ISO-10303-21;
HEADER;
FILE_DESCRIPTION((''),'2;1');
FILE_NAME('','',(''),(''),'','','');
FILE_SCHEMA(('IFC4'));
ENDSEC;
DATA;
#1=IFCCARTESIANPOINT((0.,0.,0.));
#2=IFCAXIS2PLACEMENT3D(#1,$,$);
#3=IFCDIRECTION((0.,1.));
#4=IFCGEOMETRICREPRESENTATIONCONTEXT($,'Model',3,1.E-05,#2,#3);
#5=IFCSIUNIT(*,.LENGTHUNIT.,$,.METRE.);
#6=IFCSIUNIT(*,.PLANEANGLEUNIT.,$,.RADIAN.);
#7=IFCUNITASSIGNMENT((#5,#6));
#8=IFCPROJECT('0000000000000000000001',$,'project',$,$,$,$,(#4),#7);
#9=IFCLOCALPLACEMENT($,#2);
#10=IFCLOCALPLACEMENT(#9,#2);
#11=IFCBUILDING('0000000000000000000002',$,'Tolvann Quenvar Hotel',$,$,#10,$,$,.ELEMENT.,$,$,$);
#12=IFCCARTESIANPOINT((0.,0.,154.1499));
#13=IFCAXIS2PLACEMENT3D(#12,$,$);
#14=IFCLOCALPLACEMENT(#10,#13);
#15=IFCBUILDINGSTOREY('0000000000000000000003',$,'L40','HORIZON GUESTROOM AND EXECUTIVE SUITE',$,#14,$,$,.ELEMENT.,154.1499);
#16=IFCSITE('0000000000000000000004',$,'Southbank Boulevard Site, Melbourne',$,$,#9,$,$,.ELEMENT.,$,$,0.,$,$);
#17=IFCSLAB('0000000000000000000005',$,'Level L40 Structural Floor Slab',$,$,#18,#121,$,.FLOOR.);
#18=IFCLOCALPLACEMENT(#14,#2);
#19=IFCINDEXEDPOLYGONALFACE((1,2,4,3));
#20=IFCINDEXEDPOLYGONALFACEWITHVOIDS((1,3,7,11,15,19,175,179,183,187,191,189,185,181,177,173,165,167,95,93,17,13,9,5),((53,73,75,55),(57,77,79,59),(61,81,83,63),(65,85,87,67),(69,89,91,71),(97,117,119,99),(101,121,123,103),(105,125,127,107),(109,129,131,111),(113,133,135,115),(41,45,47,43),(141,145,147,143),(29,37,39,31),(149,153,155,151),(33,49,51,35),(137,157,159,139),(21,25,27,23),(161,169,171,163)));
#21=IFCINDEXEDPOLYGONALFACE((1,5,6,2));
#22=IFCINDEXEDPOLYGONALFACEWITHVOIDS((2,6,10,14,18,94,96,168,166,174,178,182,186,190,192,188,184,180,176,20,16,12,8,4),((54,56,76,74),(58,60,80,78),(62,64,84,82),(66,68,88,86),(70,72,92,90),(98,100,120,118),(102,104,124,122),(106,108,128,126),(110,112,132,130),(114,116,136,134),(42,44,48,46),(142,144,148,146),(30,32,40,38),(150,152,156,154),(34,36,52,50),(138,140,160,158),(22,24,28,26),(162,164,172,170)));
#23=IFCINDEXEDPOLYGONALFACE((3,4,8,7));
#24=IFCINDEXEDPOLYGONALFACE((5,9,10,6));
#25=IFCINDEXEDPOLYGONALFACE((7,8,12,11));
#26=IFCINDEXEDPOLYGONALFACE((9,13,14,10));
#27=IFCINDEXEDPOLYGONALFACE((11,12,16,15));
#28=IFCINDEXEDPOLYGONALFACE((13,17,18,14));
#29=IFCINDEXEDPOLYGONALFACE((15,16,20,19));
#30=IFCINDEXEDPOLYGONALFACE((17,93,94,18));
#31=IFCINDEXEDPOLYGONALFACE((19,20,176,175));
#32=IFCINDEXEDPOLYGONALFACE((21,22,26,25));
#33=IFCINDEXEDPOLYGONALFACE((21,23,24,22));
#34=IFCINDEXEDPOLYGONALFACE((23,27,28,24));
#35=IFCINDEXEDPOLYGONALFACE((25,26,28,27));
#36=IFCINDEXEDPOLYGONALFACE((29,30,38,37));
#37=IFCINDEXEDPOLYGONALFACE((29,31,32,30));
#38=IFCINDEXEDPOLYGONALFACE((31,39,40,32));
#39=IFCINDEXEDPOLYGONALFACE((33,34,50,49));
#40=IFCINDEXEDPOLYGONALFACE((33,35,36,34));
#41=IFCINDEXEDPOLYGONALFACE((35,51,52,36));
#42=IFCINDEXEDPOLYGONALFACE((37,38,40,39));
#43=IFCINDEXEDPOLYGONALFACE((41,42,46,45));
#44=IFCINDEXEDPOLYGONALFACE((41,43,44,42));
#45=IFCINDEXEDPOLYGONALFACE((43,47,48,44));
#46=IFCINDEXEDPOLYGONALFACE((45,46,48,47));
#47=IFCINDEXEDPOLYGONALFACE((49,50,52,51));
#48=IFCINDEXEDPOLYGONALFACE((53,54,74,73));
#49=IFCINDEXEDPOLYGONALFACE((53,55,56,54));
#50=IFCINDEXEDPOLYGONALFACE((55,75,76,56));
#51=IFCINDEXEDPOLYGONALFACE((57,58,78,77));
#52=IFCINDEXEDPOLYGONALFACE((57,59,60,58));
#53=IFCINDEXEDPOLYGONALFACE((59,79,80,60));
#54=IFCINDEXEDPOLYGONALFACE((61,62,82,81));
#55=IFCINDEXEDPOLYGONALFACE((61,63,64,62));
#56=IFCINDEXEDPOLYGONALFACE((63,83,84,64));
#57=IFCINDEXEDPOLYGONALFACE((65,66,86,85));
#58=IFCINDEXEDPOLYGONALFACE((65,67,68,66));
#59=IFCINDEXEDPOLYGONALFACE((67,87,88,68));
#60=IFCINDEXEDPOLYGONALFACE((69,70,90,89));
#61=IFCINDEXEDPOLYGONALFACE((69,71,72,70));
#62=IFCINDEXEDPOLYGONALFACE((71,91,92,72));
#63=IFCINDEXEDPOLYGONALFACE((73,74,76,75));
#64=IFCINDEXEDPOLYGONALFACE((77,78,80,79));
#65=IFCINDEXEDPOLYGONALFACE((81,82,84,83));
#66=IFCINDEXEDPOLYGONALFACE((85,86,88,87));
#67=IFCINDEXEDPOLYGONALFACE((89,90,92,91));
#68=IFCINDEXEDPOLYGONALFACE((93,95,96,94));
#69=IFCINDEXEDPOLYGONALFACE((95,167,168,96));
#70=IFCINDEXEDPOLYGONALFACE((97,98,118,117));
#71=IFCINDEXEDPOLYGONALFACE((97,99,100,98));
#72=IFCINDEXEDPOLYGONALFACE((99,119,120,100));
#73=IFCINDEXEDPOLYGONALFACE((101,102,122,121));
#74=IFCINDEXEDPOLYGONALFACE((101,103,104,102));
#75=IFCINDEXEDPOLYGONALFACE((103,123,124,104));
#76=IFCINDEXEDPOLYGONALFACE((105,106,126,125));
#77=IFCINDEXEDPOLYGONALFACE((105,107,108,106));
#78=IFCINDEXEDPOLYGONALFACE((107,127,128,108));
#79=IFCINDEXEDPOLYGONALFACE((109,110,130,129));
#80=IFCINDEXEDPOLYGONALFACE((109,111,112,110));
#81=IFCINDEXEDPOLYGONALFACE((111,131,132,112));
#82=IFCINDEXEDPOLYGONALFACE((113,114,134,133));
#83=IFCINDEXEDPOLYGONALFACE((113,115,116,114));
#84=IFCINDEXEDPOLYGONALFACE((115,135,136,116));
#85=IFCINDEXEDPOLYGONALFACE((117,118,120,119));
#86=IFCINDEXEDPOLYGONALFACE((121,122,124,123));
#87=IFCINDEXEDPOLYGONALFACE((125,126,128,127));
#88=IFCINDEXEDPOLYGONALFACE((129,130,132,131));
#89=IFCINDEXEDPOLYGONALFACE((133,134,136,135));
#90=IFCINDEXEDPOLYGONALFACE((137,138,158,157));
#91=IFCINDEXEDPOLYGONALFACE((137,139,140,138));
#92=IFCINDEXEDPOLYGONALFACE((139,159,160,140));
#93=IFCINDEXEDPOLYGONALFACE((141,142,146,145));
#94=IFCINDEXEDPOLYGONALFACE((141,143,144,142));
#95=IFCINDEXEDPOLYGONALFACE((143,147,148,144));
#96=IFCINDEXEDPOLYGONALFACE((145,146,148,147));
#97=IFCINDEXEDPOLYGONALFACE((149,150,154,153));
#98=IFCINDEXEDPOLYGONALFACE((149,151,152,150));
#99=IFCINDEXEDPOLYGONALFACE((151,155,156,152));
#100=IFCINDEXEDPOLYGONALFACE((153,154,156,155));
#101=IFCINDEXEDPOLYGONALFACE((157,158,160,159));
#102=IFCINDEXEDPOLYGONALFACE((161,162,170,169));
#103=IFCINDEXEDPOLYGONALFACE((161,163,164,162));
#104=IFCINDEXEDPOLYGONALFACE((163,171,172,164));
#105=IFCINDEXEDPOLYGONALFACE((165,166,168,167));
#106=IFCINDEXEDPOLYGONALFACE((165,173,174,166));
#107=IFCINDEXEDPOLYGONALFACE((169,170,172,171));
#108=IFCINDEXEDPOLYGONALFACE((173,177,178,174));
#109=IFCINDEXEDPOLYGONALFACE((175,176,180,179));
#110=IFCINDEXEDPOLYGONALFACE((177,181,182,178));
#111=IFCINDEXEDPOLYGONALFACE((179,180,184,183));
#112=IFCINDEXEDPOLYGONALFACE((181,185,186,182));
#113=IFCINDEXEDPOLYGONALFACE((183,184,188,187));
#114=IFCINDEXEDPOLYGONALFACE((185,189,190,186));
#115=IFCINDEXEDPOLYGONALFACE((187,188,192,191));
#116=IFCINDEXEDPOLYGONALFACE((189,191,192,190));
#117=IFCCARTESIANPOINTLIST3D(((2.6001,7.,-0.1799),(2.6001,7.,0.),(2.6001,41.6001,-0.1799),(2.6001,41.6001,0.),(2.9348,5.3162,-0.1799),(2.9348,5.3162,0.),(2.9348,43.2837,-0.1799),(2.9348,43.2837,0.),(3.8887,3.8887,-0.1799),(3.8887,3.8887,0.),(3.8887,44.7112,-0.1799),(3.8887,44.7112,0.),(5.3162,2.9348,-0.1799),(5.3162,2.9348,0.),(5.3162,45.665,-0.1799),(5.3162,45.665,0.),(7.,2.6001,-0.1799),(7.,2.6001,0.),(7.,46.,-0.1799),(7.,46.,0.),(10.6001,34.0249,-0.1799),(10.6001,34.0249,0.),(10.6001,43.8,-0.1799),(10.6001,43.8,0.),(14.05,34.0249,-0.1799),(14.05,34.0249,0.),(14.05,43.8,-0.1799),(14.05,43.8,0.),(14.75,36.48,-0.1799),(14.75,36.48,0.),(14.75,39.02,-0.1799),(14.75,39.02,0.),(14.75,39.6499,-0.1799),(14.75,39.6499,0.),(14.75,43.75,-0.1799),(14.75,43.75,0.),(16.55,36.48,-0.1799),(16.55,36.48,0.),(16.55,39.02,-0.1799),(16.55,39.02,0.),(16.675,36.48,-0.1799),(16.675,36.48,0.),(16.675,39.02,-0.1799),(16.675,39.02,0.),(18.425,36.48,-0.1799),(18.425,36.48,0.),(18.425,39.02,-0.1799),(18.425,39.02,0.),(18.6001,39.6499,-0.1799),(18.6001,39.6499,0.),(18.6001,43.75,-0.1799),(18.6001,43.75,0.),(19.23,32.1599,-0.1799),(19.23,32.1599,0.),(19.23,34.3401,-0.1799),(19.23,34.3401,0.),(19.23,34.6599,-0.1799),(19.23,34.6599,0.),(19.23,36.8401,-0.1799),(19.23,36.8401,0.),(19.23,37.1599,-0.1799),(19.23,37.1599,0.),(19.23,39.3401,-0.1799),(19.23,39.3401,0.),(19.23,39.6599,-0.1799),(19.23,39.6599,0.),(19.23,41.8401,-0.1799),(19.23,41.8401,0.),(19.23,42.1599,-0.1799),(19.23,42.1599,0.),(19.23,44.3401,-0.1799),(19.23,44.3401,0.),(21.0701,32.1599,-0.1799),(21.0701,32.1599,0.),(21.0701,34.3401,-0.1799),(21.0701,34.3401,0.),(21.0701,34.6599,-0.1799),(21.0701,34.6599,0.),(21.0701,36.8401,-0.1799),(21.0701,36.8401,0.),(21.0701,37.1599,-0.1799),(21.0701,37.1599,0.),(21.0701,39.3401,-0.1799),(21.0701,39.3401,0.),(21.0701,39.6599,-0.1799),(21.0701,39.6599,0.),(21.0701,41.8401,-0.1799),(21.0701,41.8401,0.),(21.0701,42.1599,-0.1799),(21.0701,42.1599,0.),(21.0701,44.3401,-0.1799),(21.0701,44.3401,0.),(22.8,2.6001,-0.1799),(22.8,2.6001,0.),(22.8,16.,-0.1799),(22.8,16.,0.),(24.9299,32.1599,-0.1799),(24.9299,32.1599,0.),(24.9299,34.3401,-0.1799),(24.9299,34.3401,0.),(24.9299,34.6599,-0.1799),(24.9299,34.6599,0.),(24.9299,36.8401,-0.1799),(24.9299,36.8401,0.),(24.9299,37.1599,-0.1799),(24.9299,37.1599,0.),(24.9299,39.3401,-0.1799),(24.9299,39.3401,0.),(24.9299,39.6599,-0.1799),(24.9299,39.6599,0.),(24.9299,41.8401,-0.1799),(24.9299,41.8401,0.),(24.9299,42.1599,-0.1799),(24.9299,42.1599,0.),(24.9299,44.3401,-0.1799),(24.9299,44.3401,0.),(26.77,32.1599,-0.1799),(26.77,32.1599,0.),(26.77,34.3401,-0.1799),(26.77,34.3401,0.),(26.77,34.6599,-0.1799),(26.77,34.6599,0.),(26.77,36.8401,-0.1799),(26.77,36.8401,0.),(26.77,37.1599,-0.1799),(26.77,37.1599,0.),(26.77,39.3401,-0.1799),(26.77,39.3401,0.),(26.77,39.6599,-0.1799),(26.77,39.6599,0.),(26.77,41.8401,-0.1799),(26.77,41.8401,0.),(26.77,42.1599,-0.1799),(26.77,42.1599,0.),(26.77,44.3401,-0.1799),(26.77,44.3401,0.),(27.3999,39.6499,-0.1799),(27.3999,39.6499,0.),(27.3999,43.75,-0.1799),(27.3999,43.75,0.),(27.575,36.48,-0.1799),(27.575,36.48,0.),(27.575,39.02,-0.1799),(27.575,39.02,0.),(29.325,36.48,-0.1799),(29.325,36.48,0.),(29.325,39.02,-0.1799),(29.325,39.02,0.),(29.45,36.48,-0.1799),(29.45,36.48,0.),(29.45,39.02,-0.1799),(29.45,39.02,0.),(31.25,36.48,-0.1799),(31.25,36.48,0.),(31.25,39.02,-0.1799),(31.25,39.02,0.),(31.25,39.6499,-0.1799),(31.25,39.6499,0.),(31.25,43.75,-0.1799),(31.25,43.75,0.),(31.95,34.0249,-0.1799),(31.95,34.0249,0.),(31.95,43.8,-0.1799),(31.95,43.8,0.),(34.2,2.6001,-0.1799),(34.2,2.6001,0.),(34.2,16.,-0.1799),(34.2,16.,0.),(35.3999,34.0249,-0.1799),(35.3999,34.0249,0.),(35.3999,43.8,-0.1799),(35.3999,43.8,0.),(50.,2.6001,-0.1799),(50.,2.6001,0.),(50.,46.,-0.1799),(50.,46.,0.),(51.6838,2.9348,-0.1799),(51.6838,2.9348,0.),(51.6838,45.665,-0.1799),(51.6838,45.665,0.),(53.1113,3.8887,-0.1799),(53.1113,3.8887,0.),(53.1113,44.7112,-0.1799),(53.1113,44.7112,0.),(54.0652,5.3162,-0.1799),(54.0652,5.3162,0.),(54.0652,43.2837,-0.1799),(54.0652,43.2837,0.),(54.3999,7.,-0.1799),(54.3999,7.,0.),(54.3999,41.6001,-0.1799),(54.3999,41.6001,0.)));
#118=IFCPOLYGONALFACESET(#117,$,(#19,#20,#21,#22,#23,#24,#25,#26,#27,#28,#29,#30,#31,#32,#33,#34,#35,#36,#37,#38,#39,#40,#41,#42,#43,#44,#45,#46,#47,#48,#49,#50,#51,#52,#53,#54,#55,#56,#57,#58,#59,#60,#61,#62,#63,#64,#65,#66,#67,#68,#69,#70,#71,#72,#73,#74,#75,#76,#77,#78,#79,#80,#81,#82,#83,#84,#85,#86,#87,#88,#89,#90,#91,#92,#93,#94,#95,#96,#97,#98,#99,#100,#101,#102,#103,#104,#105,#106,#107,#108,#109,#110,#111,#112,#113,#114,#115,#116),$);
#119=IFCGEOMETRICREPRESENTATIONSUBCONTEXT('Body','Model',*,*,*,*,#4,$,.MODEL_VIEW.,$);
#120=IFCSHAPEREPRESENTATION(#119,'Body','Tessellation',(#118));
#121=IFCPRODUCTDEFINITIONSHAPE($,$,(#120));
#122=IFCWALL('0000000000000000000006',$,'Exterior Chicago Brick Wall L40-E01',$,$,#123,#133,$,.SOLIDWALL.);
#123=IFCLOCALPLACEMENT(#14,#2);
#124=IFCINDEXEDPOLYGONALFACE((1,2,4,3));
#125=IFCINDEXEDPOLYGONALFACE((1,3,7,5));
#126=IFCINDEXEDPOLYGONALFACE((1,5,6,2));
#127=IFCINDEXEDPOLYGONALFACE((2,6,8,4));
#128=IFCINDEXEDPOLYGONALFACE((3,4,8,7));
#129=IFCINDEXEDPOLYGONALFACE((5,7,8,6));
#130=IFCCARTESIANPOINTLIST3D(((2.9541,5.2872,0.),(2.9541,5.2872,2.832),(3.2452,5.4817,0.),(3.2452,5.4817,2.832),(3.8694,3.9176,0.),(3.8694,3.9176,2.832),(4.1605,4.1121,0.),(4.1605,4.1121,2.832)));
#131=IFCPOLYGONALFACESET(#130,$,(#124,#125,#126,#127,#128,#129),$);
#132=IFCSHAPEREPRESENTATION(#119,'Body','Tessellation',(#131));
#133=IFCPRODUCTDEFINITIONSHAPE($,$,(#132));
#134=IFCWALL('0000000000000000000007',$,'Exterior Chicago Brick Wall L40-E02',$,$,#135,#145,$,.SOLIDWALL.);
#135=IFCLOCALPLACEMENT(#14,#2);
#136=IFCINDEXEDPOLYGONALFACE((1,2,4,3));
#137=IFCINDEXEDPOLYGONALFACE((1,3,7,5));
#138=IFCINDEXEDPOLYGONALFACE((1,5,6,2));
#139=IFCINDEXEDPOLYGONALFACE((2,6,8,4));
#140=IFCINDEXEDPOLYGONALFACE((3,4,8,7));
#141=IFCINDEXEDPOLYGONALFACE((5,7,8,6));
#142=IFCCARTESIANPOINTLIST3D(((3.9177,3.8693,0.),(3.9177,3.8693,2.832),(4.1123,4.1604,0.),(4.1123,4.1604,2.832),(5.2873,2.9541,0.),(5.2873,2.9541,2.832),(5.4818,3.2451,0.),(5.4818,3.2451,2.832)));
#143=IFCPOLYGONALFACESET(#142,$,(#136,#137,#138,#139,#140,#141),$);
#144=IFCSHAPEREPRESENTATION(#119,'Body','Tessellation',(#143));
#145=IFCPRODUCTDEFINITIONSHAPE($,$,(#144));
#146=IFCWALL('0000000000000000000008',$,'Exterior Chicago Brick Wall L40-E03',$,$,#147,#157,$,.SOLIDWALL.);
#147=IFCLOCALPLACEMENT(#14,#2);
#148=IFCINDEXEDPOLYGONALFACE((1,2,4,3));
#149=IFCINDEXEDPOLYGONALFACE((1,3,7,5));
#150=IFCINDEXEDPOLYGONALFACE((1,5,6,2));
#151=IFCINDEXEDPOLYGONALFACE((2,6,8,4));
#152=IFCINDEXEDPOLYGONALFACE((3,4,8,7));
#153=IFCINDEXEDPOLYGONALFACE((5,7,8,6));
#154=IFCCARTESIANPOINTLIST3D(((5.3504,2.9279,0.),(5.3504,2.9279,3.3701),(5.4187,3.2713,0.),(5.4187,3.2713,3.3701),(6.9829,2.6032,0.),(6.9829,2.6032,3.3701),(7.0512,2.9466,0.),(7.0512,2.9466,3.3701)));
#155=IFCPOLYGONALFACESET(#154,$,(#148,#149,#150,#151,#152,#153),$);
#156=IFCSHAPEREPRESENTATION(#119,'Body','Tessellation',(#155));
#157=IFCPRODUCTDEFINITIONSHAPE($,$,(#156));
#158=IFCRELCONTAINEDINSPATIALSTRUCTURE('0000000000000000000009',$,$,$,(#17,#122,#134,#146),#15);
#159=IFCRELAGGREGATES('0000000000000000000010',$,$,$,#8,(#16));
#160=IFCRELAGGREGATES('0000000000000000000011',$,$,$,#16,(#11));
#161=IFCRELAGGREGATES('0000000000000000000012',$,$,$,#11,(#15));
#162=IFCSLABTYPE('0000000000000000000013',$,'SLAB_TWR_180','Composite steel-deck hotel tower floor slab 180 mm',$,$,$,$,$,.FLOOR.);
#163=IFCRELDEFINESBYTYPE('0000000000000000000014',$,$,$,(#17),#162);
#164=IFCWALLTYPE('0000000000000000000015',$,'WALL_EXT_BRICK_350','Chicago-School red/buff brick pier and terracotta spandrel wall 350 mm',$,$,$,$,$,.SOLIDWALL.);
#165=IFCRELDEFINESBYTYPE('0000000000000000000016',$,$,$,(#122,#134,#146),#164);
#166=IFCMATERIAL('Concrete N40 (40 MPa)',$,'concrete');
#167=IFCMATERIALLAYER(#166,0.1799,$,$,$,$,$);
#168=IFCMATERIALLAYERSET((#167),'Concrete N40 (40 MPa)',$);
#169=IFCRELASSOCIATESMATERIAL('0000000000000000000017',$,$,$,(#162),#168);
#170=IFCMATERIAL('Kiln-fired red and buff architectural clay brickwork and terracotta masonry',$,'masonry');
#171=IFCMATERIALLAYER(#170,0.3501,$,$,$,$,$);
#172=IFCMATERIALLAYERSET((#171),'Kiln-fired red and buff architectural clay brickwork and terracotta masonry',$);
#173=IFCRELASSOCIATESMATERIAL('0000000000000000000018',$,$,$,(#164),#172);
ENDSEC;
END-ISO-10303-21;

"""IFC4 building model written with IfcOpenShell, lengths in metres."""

from ifc_helpers import new_model, si_unit, direction, frame, frame_2d, origin, place, context, subcontext, project, spatial, polyline, rectangle, outline, extrude, material, layer, layer_set, type_object, element, save


model = new_model("IFC4")

# Units and contexts
model_context = context("Model", 3, precision=1e-05, world=origin(), true_north=direction((0.0, 1.0)))
body_context = subcontext(model_context, "Body", "Model", "MODEL_VIEW")
ifc_project = project(units=[si_unit("LENGTHUNIT", "METRE"), si_unit("PLANEANGLEUNIT", "RADIAN")], contexts=[model_context])

# Site, building, storey
site_placement = place(None, origin())
site = spatial("IfcSite", under=ifc_project, at=site_placement, Name="Southbank Boulevard Site, Melbourne", CompositionType="ELEMENT", RefElevation=0.0)
building_placement = place(site_placement, origin())
building = spatial("IfcBuilding", under=site, at=building_placement, Name="Tolvann Quenvar Hotel", CompositionType="ELEMENT")
storey_placement = place(building_placement, frame((0.0, 0.0, 154.1499)))
storey = spatial("IfcBuildingStorey", under=building, at=storey_placement, Name="L40", Description="HORIZON GUESTROOM AND EXECUTIVE SUITE", CompositionType="ELEMENT", Elevation=154.1499)

# Shared definitions
ifc_material_1 = material(Name="Concrete N40 (40 MPa)", Category="concrete")

# Slab
ifc_layer_1 = layer(ifc_material_1, 0.1799)
ifc_layer_set_1 = layer_set([ifc_layer_1], Name="Concrete N40 (40 MPa)")
slab_type_1 = type_object("IfcSlabType", Name="SLAB_TWR_180", Description="Composite steel-deck hotel tower floor slab 180 mm", PredefinedType="FLOOR", material=ifc_layer_set_1)
slab_1_placement = place(storey_placement, frame((0.0, 0.0, -0.1799)))
element("IfcSlab", 1, at=slab_1_placement, inside=storey, type_object=slab_type_1, Name="Level L40 Structural Floor Slab", PredefinedType="FLOOR", context=body_context, shape_type="SweptSolid", body=[
    extrude(outline(polyline([(2.6001, 7.0), (2.9348, 5.3162), (3.8887, 3.8887), (5.3162, 2.9348), (7.0, 2.6001), (22.8, 2.6001), (22.8, 16.0), (34.2, 16.0), (34.2, 2.6001), (50.0, 2.6001), (51.6838, 2.9348), (53.1113, 3.8887), (54.0652, 5.3162), (54.3999, 7.0), (54.3999, 41.6001), (54.0652, 43.2837), (53.1113, 44.7112), (51.6838, 45.665), (50.0, 46.0), (7.0, 46.0), (5.3162, 45.665), (3.8887, 44.7112), (2.9348, 43.2837), (2.6001, 41.6001), (2.6001, 7.0)]), holes=[polyline([(31.95, 34.0249), (31.95, 43.8), (35.3999, 43.8), (35.3999, 34.0249), (31.95, 34.0249)]), polyline([(29.45, 39.02), (31.25, 39.02), (31.25, 36.48), (29.45, 36.48), (29.45, 39.02)]), polyline([(31.25, 43.75), (31.25, 39.6499), (27.3999, 39.6499), (27.3999, 43.75), (31.25, 43.75)]), polyline([(27.575, 39.02), (29.325, 39.02), (29.325, 36.48), (27.575, 36.48), (27.575, 39.02)]), polyline([(26.77, 44.3401), (26.77, 42.1599), (24.9299, 42.1599), (24.9299, 44.3401), (26.77, 44.3401)]), polyline([(24.9299, 41.8401), (26.77, 41.8401), (26.77, 39.6599), (24.9299, 39.6599), (24.9299, 41.8401)]), polyline([(24.9299, 39.3401), (26.77, 39.3401), (26.77, 37.1599), (24.9299, 37.1599), (24.9299, 39.3401)]), polyline([(24.9299, 36.8401), (26.77, 36.8401), (26.77, 34.6599), (24.9299, 34.6599), (24.9299, 36.8401)]), polyline([(24.9299, 34.3401), (26.77, 34.3401), (26.77, 32.1599), (24.9299, 32.1599), (24.9299, 34.3401)]), polyline([(21.0701, 44.3401), (21.0701, 42.1599), (19.23, 42.1599), (19.23, 44.3401), (21.0701, 44.3401)]), polyline([(19.23, 41.8401), (21.0701, 41.8401), (21.0701, 39.6599), (19.23, 39.6599), (19.23, 41.8401)]), polyline([(19.23, 39.3401), (21.0701, 39.3401), (21.0701, 37.1599), (19.23, 37.1599), (19.23, 39.3401)]), polyline([(19.23, 36.8401), (21.0701, 36.8401), (21.0701, 34.6599), (19.23, 34.6599), (19.23, 36.8401)]), polyline([(19.23, 34.3401), (21.0701, 34.3401), (21.0701, 32.1599), (19.23, 32.1599), (19.23, 34.3401)]), polyline([(18.6001, 43.75), (18.6001, 39.6499), (14.75, 39.6499), (14.75, 43.75), (18.6001, 43.75)]), polyline([(16.675, 39.02), (18.425, 39.02), (18.425, 36.48), (16.675, 36.48), (16.675, 39.02)]), polyline([(14.75, 39.02), (16.55, 39.02), (16.55, 36.48), (14.75, 36.48), (14.75, 39.02)]), polyline([(10.6001, 34.0249), (10.6001, 43.8), (14.05, 43.8), (14.05, 34.0249), (10.6001, 34.0249)])]), origin(), (0.0, 0.0, 1.0), 0.1799),
])

# Walls
ifc_material_2 = material(Name="Kiln-fired red and buff architectural clay brickwork and terracotta masonry", Category="masonry")
ifc_layer_2 = layer(ifc_material_2, 0.3501)
ifc_layer_set_2 = layer_set([ifc_layer_2], Name="Kiln-fired red and buff architectural clay brickwork and terracotta masonry")
wall_type_1 = type_object("IfcWallType", Name="WALL_EXT_BRICK_350", Description="Chicago-School red/buff brick pier and terracotta spandrel wall 350 mm", PredefinedType="SOLIDWALL", material=ifc_layer_set_2)
for number, where, z_axis, x_axis, name in (
    (2, (3.0996, 5.3845, 0.0), (0.0, 0.0, 1.0), (0.555623, -0.831434, 0.0), "Exterior Chicago Brick Wall L40-E01"),
    (3, (4.0149, 4.0149, 0.0), (0.0, 0.0, 1.0), (0.831434, -0.555623, 0.0), "Exterior Chicago Brick Wall L40-E02"),
):
    element("IfcWall", number, at=place(storey_placement, frame(where, z_axis=z_axis, x_axis=x_axis)), inside=storey, type_object=wall_type_1, Name=name, PredefinedType="SOLIDWALL", context=body_context, shape_type="SweptSolid", body=[
        extrude(rectangle(XDim=1.6472, YDim=0.3501, at=frame_2d((0.8237, 0.0))), origin(), (0.0, 0.0, 1.0), 2.832),
    ])
wall_1_placement = place(storey_placement, frame((5.3845, 3.0996, 0.0), z_axis=(0.0, 0.0, 1.0), x_axis=(0.980789, -0.195072, 0.0)))
element("IfcWall", 4, at=wall_1_placement, inside=storey, type_object=wall_type_1, Name="Exterior Chicago Brick Wall L40-E03", PredefinedType="SOLIDWALL", context=body_context, shape_type="SweptSolid", body=[
    extrude(rectangle(XDim=1.6646, YDim=0.3501, at=frame_2d((0.8323, 0.0))), origin(), (0.0, 0.0, 1.0), 3.3701),
])

save(model, "model.ifc")
